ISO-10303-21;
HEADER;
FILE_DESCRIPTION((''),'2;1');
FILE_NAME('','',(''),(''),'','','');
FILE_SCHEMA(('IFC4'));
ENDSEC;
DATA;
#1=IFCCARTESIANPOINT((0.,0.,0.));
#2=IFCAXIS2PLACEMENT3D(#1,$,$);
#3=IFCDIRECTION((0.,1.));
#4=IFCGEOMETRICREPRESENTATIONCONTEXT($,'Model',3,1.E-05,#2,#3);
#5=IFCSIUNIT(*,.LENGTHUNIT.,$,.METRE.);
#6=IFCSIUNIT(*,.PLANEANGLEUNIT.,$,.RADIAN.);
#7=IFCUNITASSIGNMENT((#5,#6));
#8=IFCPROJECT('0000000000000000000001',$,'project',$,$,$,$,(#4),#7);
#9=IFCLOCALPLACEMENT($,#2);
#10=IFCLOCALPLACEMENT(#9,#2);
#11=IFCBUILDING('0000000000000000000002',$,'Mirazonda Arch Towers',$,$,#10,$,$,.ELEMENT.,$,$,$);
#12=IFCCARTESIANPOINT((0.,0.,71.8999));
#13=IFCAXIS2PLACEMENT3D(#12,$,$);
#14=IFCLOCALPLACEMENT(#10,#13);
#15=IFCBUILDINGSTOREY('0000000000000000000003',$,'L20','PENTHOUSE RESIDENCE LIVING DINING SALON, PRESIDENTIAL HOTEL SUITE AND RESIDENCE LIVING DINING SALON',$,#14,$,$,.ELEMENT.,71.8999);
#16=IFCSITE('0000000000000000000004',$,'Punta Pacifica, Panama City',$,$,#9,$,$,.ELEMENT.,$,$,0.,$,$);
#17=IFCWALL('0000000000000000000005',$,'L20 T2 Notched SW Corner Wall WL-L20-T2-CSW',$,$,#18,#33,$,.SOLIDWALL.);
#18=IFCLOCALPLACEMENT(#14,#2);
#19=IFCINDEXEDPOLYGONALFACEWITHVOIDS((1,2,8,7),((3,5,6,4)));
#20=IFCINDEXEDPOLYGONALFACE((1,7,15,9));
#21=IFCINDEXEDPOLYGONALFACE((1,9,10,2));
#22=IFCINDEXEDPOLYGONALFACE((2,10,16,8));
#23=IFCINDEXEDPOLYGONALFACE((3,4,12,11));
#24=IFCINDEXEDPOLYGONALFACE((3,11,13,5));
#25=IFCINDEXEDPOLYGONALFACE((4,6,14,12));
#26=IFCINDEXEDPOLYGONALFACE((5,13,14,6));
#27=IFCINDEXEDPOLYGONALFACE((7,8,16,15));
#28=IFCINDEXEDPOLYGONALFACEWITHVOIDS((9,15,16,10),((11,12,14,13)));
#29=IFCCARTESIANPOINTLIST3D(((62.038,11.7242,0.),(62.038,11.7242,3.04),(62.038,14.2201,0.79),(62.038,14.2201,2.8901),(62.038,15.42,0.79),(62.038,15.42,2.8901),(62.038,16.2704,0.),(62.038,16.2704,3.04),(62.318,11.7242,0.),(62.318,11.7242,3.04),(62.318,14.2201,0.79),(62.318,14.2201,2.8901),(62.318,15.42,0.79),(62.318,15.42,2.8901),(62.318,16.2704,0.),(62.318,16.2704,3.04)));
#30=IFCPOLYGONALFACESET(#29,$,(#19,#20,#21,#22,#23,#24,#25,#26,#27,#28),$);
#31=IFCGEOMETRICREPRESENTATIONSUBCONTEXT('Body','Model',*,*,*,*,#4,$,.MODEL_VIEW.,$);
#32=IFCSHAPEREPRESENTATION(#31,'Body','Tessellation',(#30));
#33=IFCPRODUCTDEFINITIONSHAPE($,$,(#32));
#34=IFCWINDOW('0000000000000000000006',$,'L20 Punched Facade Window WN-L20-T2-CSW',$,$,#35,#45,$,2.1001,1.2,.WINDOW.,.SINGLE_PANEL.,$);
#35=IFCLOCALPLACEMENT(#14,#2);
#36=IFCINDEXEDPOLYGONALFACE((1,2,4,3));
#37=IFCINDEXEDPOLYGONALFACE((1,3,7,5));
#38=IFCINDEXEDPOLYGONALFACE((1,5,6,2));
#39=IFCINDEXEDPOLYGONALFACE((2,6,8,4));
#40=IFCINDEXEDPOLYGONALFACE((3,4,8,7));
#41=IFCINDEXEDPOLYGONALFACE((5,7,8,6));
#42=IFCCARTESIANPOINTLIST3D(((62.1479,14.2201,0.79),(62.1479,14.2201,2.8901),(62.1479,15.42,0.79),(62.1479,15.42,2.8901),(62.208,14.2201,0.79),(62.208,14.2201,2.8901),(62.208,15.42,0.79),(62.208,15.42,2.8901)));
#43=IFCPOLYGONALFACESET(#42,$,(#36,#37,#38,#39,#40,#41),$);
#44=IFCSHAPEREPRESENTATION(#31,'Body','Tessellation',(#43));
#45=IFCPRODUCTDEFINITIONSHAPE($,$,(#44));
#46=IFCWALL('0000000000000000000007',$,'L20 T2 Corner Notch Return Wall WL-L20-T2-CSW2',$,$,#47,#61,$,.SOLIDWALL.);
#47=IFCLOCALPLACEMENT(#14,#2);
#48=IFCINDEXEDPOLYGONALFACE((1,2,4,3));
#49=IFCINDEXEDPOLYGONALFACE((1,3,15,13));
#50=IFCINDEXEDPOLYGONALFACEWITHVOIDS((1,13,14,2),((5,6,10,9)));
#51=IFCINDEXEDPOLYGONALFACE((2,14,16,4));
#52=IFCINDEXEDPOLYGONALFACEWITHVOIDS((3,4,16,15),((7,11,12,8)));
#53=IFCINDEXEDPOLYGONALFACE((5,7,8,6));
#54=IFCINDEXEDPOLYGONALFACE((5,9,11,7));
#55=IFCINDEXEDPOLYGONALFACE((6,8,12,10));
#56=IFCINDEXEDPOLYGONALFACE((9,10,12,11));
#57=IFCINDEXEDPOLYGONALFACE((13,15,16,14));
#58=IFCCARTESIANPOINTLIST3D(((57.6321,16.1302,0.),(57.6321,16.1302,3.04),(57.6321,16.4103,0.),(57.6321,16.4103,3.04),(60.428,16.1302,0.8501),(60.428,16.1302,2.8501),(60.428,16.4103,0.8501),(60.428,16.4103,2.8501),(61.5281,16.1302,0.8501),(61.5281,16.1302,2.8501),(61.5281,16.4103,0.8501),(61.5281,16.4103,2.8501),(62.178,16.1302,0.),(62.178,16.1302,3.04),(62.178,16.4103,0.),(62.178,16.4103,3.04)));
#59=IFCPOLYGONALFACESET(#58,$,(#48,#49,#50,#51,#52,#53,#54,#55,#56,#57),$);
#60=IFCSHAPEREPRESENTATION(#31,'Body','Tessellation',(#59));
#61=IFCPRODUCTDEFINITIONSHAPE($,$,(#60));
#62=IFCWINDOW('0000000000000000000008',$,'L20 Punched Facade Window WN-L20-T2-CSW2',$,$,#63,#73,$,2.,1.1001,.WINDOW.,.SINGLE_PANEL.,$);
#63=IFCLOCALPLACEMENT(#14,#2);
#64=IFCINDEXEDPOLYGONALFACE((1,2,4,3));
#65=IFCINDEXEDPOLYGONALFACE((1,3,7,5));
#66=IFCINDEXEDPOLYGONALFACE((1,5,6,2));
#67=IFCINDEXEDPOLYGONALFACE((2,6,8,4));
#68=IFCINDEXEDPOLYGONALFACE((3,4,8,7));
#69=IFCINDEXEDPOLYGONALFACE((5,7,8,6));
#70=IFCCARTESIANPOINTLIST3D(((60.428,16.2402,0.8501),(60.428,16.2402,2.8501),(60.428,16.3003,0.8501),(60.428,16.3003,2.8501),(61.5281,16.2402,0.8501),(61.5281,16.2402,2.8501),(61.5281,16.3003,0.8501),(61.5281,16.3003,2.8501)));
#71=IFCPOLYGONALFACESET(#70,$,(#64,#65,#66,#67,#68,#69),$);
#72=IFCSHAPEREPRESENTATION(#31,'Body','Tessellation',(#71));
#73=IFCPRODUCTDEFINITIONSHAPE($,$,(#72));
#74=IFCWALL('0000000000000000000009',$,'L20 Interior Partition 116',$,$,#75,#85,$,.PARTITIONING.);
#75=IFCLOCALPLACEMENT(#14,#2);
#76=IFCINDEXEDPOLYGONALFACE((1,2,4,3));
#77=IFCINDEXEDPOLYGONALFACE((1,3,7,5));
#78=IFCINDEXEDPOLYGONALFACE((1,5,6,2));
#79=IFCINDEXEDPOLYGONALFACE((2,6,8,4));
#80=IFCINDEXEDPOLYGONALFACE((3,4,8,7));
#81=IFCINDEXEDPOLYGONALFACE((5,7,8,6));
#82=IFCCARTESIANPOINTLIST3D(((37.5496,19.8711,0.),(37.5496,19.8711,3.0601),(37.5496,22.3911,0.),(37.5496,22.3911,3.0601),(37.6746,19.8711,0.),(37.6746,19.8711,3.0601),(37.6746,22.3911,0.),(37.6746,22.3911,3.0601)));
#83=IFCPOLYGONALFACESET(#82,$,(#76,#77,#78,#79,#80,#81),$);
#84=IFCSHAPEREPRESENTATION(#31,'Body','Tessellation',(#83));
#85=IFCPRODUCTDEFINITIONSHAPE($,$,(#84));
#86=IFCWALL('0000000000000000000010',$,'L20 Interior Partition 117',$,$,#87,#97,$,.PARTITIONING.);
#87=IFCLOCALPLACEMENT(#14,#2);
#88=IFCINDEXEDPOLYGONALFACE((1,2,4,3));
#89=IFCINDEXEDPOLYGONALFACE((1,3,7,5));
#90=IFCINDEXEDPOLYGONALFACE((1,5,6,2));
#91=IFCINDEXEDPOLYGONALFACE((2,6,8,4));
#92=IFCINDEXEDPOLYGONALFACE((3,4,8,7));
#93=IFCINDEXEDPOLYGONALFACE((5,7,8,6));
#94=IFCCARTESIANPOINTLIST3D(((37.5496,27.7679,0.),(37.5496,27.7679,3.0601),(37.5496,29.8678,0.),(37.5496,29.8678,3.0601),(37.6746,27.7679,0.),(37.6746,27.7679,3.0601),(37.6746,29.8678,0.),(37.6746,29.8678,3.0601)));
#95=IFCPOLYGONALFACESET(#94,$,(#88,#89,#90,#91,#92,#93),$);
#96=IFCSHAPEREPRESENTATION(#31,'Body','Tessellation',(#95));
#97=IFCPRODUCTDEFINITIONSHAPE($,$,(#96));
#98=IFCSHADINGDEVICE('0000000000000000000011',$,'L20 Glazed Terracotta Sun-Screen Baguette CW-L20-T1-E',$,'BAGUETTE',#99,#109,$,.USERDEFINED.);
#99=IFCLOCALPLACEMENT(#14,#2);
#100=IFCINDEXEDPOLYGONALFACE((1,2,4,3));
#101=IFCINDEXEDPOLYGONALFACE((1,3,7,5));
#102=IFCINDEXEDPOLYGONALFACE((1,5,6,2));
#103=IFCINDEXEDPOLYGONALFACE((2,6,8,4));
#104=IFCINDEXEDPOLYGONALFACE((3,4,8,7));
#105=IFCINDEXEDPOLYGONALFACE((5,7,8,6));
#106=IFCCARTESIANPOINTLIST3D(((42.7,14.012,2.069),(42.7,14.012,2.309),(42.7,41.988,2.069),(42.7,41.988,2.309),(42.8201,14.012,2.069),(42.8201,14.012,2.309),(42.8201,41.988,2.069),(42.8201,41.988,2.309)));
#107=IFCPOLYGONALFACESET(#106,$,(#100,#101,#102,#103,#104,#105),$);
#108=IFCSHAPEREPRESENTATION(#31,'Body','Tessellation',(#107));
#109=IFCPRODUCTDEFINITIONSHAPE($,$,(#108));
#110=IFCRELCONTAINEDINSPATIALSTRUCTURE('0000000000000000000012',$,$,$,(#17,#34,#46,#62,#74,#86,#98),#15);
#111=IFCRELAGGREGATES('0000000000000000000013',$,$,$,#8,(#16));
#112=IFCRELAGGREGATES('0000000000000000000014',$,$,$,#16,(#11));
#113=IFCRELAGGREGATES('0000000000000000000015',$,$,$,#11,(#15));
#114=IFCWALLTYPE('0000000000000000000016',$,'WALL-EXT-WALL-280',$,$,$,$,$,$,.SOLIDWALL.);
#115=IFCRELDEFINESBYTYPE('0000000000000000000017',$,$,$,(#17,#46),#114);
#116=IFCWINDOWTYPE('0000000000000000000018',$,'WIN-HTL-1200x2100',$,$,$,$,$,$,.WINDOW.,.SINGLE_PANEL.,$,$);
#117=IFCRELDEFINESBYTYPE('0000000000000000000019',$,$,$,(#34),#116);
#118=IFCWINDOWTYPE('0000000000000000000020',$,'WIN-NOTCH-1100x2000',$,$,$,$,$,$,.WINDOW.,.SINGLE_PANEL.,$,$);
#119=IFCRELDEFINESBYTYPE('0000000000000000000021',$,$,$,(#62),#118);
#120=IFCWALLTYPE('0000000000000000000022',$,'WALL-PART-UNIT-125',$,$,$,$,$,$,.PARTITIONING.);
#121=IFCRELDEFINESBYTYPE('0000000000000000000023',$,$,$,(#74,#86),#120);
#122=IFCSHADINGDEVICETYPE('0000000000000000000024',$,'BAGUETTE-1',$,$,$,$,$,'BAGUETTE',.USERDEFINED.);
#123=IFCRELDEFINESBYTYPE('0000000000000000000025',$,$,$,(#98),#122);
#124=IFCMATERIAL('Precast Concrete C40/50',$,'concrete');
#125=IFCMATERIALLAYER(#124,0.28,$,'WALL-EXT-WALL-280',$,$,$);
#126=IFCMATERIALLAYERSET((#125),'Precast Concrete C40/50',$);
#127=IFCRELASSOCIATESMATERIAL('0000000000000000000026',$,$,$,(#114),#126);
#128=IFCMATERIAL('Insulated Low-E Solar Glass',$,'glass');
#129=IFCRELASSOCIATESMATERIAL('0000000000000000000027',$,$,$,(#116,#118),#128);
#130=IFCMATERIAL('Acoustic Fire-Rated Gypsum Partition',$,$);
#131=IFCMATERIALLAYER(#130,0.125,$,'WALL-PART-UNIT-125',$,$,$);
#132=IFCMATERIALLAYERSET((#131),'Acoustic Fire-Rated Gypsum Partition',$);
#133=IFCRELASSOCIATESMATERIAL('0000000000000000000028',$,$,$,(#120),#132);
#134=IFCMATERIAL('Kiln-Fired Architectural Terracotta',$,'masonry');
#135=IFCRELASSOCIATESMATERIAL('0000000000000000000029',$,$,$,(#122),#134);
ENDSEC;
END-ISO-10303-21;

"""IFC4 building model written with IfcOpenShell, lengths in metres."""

from ifc_helpers import new_model, si_unit, direction, frame, frame_2d, origin, origin_2d, place, context, subcontext, project, spatial, rectangle, extrude, material, layer, layer_set, material_profile, profile_set, type_object, element, fill, save


model = new_model("IFC4")

# Units and contexts
model_context = context("Model", 3, precision=1e-05, world=origin(), true_north=direction((0.0, 1.0)))
body_context = subcontext(model_context, "Body", "Model", "MODEL_VIEW")
ifc_project = project(units=[si_unit("LENGTHUNIT", "METRE"), si_unit("PLANEANGLEUNIT", "RADIAN")], contexts=[model_context])

# Site, building, storey
site_placement = place(None, origin())
site = spatial("IfcSite", under=ifc_project, at=site_placement, Name="Punta Pacifica, Panama City", CompositionType="ELEMENT", RefElevation=0.0)
building_placement = place(site_placement, origin())
building = spatial("IfcBuilding", under=site, at=building_placement, Name="Mirazonda Arch Towers", CompositionType="ELEMENT")
storey_placement = place(building_placement, frame((0.0, 0.0, 71.8999)))
storey = spatial("IfcBuildingStorey", under=building, at=storey_placement, Name="L20", Description="PENTHOUSE RESIDENCE LIVING DINING SALON, PRESIDENTIAL HOTEL SUITE AND RESIDENCE LIVING DINING SALON", CompositionType="ELEMENT", Elevation=71.8999)

# Shared definitions
ifc_material_1 = material(Name="Insulated Low-E Solar Glass", Category="glass")

# Walls, openings, windows
ifc_material_2 = material(Name="Precast Concrete C40/50", Category="concrete")
ifc_layer_1 = layer(ifc_material_2, 0.28, Name="WALL-EXT-WALL-280")
ifc_layer_set_1 = layer_set([ifc_layer_1], Name="Precast Concrete C40/50")
wall_type_1 = type_object("IfcWallType", Name="WALL-EXT-WALL-280", PredefinedType="SOLIDWALL", material=ifc_layer_set_1)
wall_1_placement = place(storey_placement, frame((62.178, 16.2703, 0.0), z_axis=(0.0, 0.0, 1.0), x_axis=(0.0, -1.0, 0.0)))
wall_1 = element("IfcWall", 1, at=wall_1_placement, inside=storey, type_object=wall_type_1, Name="L20 T2 Notched SW Corner Wall WL-L20-T2-CSW", PredefinedType="SOLIDWALL", context=body_context, shape_type="SweptSolid", body=[
    extrude(rectangle(XDim=4.5461, YDim=0.28, at=frame_2d((2.2729, 0.0))), origin(), (0.0, 0.0, 1.0), 3.04),
])
opening_1_placement = place(wall_1_placement, frame((0.8501, 0.0, 0.79)))
opening_1 = element("IfcOpeningElement", 2, at=opening_1_placement, cuts=wall_1, PredefinedType="OPENING", context=body_context, shape_type="SweptSolid", body=[
    extrude(rectangle(XDim=1.2, YDim=2.1001, at=frame_2d((0.6001, 1.05))), frame((0.0, 0.1499, 0.0), z_axis=(0.0, -1.0, 0.0), x_axis=(1.0, 0.0, 0.0)), (0.0, 0.0, 1.0), 0.3),
])
window_type_1 = type_object("IfcWindowType", Name="WIN-HTL-1200x2100", PartitioningType="SINGLE_PANEL", PredefinedType="WINDOW", material=ifc_material_1)
window_1_placement = place(opening_1_placement, origin())
window_1 = element("IfcWindow", 3, at=window_1_placement, inside=storey, type_object=window_type_1, Name="L20 Punched Facade Window WN-L20-T2-CSW", OverallHeight=2.1001, OverallWidth=1.2, PartitioningType="SINGLE_PANEL", PredefinedType="WINDOW", context=body_context, shape_type="SweptSolid", body=[
    extrude(rectangle(XDim=1.2, YDim=2.1001, at=frame_2d((0.6001, 1.05))), frame((0.0, 0.03, 0.0), z_axis=(0.0, -1.0, 0.0), x_axis=(1.0, 0.0, 0.0)), (0.0, 0.0, 1.0), 0.0601),
])
fill(opening_1, window_1)
wall_2_placement = place(storey_placement, frame((57.6321, 16.2703, 0.0), z_axis=(0.0, 0.0, 1.0), x_axis=(1.0, 0.0, 0.0)))
wall_2 = element("IfcWall", 4, at=wall_2_placement, inside=storey, type_object=wall_type_1, Name="L20 T2 Corner Notch Return Wall WL-L20-T2-CSW2", PredefinedType="SOLIDWALL", context=body_context, shape_type="SweptSolid", body=[
    extrude(rectangle(XDim=4.5459, YDim=0.28, at=frame_2d((2.2729, 0.0))), origin(), (0.0, 0.0, 1.0), 3.04),
])
opening_2_placement = place(wall_2_placement, frame((2.7959, 0.0, 0.8501)))
opening_2 = element("IfcOpeningElement", 5, at=opening_2_placement, cuts=wall_2, PredefinedType="OPENING", context=body_context, shape_type="SweptSolid", body=[
    extrude(rectangle(XDim=1.1001, YDim=2.0, at=frame_2d((0.55, 1.0))), frame((0.0, 0.1499, 0.0), z_axis=(0.0, -1.0, 0.0), x_axis=(1.0, 0.0, 0.0)), (0.0, 0.0, 1.0), 0.3),
])
window_type_2 = type_object("IfcWindowType", Name="WIN-NOTCH-1100x2000", PartitioningType="SINGLE_PANEL", PredefinedType="WINDOW", material=ifc_material_1)
window_2_placement = place(opening_2_placement, origin())
window_2 = element("IfcWindow", 6, at=window_2_placement, inside=storey, type_object=window_type_2, Name="L20 Punched Facade Window WN-L20-T2-CSW2", OverallHeight=2.0, OverallWidth=1.1001, PartitioningType="SINGLE_PANEL", PredefinedType="WINDOW", context=body_context, shape_type="SweptSolid", body=[
    extrude(rectangle(XDim=1.1001, YDim=2.0, at=frame_2d((0.55, 1.0))), frame((0.0, 0.03, 0.0), z_axis=(0.0, -1.0, 0.0), x_axis=(1.0, 0.0, 0.0)), (0.0, 0.0, 1.0), 0.0601),
])
fill(opening_2, window_2)

# Walls
ifc_material_3 = material(Name="Acoustic Fire-Rated Gypsum Partition")
ifc_layer_2 = layer(ifc_material_3, 0.125, Name="WALL-PART-UNIT-125")
ifc_layer_set_2 = layer_set([ifc_layer_2], Name="Acoustic Fire-Rated Gypsum Partition")
wall_type_2 = type_object("IfcWallType", Name="WALL-PART-UNIT-125", PredefinedType="PARTITIONING", material=ifc_layer_set_2)
wall_3_placement = place(storey_placement, frame((37.6121, 19.8711, 0.0), z_axis=(0.0, 0.0, 1.0), x_axis=(0.0, 1.0, 0.0)))
element("IfcWall", 7, at=wall_3_placement, inside=storey, type_object=wall_type_2, Name="L20 Interior Partition 116", PredefinedType="PARTITIONING", context=body_context, shape_type="SweptSolid", body=[
    extrude(rectangle(XDim=2.52, YDim=0.125, at=frame_2d((1.26, 0.0))), origin(), (0.0, 0.0, 1.0), 3.0601),
])
wall_4_placement = place(storey_placement, frame((37.6121, 27.7681, 0.0), z_axis=(0.0, 0.0, 1.0), x_axis=(0.0, 1.0, 0.0)))
element("IfcWall", 8, at=wall_4_placement, inside=storey, type_object=wall_type_2, Name="L20 Interior Partition 117", PredefinedType="PARTITIONING", context=body_context, shape_type="SweptSolid", body=[
    extrude(rectangle(XDim=2.0999, YDim=0.125, at=frame_2d((1.0498, 0.0))), origin(), (0.0, 0.0, 1.0), 3.0601),
])

# Shading device
ifc_material_4 = material(Name="Kiln-Fired Architectural Terracotta", Category="masonry")
ifc_material_profile_1 = material_profile(ifc_material_4, rectangle(XDim=0.1201, YDim=0.24, at=origin_2d()), Name="TERRA-BAG-120x240")
ifc_profile_set_1 = profile_set([ifc_material_profile_1], Name="Kiln-Fired Architectural Terracotta")
shading_device_type = type_object("IfcShadingDeviceType", Name="BAGUETTE-1", ElementType="BAGUETTE", PredefinedType="USERDEFINED", material=ifc_profile_set_1)
shading_device_placement = place(storey_placement, frame((42.76, 14.012, 2.189), z_axis=(0.0, 1.0, 0.0), x_axis=(-1.0, 0.0, 0.0)))
element("IfcShadingDevice", 9, at=shading_device_placement, inside=storey, type_object=shading_device_type, Name="L20 Glazed Terracotta Sun-Screen Baguette CW-L20-T1-E", ObjectType="BAGUETTE", PredefinedType="USERDEFINED", context=body_context, shape_type="SweptSolid", body=[
    extrude(rectangle(XDim=0.1201, YDim=0.24, at=origin_2d()), origin(), (0.0, 0.0, 1.0), 27.9761),
])

save(model, "model.ifc")
